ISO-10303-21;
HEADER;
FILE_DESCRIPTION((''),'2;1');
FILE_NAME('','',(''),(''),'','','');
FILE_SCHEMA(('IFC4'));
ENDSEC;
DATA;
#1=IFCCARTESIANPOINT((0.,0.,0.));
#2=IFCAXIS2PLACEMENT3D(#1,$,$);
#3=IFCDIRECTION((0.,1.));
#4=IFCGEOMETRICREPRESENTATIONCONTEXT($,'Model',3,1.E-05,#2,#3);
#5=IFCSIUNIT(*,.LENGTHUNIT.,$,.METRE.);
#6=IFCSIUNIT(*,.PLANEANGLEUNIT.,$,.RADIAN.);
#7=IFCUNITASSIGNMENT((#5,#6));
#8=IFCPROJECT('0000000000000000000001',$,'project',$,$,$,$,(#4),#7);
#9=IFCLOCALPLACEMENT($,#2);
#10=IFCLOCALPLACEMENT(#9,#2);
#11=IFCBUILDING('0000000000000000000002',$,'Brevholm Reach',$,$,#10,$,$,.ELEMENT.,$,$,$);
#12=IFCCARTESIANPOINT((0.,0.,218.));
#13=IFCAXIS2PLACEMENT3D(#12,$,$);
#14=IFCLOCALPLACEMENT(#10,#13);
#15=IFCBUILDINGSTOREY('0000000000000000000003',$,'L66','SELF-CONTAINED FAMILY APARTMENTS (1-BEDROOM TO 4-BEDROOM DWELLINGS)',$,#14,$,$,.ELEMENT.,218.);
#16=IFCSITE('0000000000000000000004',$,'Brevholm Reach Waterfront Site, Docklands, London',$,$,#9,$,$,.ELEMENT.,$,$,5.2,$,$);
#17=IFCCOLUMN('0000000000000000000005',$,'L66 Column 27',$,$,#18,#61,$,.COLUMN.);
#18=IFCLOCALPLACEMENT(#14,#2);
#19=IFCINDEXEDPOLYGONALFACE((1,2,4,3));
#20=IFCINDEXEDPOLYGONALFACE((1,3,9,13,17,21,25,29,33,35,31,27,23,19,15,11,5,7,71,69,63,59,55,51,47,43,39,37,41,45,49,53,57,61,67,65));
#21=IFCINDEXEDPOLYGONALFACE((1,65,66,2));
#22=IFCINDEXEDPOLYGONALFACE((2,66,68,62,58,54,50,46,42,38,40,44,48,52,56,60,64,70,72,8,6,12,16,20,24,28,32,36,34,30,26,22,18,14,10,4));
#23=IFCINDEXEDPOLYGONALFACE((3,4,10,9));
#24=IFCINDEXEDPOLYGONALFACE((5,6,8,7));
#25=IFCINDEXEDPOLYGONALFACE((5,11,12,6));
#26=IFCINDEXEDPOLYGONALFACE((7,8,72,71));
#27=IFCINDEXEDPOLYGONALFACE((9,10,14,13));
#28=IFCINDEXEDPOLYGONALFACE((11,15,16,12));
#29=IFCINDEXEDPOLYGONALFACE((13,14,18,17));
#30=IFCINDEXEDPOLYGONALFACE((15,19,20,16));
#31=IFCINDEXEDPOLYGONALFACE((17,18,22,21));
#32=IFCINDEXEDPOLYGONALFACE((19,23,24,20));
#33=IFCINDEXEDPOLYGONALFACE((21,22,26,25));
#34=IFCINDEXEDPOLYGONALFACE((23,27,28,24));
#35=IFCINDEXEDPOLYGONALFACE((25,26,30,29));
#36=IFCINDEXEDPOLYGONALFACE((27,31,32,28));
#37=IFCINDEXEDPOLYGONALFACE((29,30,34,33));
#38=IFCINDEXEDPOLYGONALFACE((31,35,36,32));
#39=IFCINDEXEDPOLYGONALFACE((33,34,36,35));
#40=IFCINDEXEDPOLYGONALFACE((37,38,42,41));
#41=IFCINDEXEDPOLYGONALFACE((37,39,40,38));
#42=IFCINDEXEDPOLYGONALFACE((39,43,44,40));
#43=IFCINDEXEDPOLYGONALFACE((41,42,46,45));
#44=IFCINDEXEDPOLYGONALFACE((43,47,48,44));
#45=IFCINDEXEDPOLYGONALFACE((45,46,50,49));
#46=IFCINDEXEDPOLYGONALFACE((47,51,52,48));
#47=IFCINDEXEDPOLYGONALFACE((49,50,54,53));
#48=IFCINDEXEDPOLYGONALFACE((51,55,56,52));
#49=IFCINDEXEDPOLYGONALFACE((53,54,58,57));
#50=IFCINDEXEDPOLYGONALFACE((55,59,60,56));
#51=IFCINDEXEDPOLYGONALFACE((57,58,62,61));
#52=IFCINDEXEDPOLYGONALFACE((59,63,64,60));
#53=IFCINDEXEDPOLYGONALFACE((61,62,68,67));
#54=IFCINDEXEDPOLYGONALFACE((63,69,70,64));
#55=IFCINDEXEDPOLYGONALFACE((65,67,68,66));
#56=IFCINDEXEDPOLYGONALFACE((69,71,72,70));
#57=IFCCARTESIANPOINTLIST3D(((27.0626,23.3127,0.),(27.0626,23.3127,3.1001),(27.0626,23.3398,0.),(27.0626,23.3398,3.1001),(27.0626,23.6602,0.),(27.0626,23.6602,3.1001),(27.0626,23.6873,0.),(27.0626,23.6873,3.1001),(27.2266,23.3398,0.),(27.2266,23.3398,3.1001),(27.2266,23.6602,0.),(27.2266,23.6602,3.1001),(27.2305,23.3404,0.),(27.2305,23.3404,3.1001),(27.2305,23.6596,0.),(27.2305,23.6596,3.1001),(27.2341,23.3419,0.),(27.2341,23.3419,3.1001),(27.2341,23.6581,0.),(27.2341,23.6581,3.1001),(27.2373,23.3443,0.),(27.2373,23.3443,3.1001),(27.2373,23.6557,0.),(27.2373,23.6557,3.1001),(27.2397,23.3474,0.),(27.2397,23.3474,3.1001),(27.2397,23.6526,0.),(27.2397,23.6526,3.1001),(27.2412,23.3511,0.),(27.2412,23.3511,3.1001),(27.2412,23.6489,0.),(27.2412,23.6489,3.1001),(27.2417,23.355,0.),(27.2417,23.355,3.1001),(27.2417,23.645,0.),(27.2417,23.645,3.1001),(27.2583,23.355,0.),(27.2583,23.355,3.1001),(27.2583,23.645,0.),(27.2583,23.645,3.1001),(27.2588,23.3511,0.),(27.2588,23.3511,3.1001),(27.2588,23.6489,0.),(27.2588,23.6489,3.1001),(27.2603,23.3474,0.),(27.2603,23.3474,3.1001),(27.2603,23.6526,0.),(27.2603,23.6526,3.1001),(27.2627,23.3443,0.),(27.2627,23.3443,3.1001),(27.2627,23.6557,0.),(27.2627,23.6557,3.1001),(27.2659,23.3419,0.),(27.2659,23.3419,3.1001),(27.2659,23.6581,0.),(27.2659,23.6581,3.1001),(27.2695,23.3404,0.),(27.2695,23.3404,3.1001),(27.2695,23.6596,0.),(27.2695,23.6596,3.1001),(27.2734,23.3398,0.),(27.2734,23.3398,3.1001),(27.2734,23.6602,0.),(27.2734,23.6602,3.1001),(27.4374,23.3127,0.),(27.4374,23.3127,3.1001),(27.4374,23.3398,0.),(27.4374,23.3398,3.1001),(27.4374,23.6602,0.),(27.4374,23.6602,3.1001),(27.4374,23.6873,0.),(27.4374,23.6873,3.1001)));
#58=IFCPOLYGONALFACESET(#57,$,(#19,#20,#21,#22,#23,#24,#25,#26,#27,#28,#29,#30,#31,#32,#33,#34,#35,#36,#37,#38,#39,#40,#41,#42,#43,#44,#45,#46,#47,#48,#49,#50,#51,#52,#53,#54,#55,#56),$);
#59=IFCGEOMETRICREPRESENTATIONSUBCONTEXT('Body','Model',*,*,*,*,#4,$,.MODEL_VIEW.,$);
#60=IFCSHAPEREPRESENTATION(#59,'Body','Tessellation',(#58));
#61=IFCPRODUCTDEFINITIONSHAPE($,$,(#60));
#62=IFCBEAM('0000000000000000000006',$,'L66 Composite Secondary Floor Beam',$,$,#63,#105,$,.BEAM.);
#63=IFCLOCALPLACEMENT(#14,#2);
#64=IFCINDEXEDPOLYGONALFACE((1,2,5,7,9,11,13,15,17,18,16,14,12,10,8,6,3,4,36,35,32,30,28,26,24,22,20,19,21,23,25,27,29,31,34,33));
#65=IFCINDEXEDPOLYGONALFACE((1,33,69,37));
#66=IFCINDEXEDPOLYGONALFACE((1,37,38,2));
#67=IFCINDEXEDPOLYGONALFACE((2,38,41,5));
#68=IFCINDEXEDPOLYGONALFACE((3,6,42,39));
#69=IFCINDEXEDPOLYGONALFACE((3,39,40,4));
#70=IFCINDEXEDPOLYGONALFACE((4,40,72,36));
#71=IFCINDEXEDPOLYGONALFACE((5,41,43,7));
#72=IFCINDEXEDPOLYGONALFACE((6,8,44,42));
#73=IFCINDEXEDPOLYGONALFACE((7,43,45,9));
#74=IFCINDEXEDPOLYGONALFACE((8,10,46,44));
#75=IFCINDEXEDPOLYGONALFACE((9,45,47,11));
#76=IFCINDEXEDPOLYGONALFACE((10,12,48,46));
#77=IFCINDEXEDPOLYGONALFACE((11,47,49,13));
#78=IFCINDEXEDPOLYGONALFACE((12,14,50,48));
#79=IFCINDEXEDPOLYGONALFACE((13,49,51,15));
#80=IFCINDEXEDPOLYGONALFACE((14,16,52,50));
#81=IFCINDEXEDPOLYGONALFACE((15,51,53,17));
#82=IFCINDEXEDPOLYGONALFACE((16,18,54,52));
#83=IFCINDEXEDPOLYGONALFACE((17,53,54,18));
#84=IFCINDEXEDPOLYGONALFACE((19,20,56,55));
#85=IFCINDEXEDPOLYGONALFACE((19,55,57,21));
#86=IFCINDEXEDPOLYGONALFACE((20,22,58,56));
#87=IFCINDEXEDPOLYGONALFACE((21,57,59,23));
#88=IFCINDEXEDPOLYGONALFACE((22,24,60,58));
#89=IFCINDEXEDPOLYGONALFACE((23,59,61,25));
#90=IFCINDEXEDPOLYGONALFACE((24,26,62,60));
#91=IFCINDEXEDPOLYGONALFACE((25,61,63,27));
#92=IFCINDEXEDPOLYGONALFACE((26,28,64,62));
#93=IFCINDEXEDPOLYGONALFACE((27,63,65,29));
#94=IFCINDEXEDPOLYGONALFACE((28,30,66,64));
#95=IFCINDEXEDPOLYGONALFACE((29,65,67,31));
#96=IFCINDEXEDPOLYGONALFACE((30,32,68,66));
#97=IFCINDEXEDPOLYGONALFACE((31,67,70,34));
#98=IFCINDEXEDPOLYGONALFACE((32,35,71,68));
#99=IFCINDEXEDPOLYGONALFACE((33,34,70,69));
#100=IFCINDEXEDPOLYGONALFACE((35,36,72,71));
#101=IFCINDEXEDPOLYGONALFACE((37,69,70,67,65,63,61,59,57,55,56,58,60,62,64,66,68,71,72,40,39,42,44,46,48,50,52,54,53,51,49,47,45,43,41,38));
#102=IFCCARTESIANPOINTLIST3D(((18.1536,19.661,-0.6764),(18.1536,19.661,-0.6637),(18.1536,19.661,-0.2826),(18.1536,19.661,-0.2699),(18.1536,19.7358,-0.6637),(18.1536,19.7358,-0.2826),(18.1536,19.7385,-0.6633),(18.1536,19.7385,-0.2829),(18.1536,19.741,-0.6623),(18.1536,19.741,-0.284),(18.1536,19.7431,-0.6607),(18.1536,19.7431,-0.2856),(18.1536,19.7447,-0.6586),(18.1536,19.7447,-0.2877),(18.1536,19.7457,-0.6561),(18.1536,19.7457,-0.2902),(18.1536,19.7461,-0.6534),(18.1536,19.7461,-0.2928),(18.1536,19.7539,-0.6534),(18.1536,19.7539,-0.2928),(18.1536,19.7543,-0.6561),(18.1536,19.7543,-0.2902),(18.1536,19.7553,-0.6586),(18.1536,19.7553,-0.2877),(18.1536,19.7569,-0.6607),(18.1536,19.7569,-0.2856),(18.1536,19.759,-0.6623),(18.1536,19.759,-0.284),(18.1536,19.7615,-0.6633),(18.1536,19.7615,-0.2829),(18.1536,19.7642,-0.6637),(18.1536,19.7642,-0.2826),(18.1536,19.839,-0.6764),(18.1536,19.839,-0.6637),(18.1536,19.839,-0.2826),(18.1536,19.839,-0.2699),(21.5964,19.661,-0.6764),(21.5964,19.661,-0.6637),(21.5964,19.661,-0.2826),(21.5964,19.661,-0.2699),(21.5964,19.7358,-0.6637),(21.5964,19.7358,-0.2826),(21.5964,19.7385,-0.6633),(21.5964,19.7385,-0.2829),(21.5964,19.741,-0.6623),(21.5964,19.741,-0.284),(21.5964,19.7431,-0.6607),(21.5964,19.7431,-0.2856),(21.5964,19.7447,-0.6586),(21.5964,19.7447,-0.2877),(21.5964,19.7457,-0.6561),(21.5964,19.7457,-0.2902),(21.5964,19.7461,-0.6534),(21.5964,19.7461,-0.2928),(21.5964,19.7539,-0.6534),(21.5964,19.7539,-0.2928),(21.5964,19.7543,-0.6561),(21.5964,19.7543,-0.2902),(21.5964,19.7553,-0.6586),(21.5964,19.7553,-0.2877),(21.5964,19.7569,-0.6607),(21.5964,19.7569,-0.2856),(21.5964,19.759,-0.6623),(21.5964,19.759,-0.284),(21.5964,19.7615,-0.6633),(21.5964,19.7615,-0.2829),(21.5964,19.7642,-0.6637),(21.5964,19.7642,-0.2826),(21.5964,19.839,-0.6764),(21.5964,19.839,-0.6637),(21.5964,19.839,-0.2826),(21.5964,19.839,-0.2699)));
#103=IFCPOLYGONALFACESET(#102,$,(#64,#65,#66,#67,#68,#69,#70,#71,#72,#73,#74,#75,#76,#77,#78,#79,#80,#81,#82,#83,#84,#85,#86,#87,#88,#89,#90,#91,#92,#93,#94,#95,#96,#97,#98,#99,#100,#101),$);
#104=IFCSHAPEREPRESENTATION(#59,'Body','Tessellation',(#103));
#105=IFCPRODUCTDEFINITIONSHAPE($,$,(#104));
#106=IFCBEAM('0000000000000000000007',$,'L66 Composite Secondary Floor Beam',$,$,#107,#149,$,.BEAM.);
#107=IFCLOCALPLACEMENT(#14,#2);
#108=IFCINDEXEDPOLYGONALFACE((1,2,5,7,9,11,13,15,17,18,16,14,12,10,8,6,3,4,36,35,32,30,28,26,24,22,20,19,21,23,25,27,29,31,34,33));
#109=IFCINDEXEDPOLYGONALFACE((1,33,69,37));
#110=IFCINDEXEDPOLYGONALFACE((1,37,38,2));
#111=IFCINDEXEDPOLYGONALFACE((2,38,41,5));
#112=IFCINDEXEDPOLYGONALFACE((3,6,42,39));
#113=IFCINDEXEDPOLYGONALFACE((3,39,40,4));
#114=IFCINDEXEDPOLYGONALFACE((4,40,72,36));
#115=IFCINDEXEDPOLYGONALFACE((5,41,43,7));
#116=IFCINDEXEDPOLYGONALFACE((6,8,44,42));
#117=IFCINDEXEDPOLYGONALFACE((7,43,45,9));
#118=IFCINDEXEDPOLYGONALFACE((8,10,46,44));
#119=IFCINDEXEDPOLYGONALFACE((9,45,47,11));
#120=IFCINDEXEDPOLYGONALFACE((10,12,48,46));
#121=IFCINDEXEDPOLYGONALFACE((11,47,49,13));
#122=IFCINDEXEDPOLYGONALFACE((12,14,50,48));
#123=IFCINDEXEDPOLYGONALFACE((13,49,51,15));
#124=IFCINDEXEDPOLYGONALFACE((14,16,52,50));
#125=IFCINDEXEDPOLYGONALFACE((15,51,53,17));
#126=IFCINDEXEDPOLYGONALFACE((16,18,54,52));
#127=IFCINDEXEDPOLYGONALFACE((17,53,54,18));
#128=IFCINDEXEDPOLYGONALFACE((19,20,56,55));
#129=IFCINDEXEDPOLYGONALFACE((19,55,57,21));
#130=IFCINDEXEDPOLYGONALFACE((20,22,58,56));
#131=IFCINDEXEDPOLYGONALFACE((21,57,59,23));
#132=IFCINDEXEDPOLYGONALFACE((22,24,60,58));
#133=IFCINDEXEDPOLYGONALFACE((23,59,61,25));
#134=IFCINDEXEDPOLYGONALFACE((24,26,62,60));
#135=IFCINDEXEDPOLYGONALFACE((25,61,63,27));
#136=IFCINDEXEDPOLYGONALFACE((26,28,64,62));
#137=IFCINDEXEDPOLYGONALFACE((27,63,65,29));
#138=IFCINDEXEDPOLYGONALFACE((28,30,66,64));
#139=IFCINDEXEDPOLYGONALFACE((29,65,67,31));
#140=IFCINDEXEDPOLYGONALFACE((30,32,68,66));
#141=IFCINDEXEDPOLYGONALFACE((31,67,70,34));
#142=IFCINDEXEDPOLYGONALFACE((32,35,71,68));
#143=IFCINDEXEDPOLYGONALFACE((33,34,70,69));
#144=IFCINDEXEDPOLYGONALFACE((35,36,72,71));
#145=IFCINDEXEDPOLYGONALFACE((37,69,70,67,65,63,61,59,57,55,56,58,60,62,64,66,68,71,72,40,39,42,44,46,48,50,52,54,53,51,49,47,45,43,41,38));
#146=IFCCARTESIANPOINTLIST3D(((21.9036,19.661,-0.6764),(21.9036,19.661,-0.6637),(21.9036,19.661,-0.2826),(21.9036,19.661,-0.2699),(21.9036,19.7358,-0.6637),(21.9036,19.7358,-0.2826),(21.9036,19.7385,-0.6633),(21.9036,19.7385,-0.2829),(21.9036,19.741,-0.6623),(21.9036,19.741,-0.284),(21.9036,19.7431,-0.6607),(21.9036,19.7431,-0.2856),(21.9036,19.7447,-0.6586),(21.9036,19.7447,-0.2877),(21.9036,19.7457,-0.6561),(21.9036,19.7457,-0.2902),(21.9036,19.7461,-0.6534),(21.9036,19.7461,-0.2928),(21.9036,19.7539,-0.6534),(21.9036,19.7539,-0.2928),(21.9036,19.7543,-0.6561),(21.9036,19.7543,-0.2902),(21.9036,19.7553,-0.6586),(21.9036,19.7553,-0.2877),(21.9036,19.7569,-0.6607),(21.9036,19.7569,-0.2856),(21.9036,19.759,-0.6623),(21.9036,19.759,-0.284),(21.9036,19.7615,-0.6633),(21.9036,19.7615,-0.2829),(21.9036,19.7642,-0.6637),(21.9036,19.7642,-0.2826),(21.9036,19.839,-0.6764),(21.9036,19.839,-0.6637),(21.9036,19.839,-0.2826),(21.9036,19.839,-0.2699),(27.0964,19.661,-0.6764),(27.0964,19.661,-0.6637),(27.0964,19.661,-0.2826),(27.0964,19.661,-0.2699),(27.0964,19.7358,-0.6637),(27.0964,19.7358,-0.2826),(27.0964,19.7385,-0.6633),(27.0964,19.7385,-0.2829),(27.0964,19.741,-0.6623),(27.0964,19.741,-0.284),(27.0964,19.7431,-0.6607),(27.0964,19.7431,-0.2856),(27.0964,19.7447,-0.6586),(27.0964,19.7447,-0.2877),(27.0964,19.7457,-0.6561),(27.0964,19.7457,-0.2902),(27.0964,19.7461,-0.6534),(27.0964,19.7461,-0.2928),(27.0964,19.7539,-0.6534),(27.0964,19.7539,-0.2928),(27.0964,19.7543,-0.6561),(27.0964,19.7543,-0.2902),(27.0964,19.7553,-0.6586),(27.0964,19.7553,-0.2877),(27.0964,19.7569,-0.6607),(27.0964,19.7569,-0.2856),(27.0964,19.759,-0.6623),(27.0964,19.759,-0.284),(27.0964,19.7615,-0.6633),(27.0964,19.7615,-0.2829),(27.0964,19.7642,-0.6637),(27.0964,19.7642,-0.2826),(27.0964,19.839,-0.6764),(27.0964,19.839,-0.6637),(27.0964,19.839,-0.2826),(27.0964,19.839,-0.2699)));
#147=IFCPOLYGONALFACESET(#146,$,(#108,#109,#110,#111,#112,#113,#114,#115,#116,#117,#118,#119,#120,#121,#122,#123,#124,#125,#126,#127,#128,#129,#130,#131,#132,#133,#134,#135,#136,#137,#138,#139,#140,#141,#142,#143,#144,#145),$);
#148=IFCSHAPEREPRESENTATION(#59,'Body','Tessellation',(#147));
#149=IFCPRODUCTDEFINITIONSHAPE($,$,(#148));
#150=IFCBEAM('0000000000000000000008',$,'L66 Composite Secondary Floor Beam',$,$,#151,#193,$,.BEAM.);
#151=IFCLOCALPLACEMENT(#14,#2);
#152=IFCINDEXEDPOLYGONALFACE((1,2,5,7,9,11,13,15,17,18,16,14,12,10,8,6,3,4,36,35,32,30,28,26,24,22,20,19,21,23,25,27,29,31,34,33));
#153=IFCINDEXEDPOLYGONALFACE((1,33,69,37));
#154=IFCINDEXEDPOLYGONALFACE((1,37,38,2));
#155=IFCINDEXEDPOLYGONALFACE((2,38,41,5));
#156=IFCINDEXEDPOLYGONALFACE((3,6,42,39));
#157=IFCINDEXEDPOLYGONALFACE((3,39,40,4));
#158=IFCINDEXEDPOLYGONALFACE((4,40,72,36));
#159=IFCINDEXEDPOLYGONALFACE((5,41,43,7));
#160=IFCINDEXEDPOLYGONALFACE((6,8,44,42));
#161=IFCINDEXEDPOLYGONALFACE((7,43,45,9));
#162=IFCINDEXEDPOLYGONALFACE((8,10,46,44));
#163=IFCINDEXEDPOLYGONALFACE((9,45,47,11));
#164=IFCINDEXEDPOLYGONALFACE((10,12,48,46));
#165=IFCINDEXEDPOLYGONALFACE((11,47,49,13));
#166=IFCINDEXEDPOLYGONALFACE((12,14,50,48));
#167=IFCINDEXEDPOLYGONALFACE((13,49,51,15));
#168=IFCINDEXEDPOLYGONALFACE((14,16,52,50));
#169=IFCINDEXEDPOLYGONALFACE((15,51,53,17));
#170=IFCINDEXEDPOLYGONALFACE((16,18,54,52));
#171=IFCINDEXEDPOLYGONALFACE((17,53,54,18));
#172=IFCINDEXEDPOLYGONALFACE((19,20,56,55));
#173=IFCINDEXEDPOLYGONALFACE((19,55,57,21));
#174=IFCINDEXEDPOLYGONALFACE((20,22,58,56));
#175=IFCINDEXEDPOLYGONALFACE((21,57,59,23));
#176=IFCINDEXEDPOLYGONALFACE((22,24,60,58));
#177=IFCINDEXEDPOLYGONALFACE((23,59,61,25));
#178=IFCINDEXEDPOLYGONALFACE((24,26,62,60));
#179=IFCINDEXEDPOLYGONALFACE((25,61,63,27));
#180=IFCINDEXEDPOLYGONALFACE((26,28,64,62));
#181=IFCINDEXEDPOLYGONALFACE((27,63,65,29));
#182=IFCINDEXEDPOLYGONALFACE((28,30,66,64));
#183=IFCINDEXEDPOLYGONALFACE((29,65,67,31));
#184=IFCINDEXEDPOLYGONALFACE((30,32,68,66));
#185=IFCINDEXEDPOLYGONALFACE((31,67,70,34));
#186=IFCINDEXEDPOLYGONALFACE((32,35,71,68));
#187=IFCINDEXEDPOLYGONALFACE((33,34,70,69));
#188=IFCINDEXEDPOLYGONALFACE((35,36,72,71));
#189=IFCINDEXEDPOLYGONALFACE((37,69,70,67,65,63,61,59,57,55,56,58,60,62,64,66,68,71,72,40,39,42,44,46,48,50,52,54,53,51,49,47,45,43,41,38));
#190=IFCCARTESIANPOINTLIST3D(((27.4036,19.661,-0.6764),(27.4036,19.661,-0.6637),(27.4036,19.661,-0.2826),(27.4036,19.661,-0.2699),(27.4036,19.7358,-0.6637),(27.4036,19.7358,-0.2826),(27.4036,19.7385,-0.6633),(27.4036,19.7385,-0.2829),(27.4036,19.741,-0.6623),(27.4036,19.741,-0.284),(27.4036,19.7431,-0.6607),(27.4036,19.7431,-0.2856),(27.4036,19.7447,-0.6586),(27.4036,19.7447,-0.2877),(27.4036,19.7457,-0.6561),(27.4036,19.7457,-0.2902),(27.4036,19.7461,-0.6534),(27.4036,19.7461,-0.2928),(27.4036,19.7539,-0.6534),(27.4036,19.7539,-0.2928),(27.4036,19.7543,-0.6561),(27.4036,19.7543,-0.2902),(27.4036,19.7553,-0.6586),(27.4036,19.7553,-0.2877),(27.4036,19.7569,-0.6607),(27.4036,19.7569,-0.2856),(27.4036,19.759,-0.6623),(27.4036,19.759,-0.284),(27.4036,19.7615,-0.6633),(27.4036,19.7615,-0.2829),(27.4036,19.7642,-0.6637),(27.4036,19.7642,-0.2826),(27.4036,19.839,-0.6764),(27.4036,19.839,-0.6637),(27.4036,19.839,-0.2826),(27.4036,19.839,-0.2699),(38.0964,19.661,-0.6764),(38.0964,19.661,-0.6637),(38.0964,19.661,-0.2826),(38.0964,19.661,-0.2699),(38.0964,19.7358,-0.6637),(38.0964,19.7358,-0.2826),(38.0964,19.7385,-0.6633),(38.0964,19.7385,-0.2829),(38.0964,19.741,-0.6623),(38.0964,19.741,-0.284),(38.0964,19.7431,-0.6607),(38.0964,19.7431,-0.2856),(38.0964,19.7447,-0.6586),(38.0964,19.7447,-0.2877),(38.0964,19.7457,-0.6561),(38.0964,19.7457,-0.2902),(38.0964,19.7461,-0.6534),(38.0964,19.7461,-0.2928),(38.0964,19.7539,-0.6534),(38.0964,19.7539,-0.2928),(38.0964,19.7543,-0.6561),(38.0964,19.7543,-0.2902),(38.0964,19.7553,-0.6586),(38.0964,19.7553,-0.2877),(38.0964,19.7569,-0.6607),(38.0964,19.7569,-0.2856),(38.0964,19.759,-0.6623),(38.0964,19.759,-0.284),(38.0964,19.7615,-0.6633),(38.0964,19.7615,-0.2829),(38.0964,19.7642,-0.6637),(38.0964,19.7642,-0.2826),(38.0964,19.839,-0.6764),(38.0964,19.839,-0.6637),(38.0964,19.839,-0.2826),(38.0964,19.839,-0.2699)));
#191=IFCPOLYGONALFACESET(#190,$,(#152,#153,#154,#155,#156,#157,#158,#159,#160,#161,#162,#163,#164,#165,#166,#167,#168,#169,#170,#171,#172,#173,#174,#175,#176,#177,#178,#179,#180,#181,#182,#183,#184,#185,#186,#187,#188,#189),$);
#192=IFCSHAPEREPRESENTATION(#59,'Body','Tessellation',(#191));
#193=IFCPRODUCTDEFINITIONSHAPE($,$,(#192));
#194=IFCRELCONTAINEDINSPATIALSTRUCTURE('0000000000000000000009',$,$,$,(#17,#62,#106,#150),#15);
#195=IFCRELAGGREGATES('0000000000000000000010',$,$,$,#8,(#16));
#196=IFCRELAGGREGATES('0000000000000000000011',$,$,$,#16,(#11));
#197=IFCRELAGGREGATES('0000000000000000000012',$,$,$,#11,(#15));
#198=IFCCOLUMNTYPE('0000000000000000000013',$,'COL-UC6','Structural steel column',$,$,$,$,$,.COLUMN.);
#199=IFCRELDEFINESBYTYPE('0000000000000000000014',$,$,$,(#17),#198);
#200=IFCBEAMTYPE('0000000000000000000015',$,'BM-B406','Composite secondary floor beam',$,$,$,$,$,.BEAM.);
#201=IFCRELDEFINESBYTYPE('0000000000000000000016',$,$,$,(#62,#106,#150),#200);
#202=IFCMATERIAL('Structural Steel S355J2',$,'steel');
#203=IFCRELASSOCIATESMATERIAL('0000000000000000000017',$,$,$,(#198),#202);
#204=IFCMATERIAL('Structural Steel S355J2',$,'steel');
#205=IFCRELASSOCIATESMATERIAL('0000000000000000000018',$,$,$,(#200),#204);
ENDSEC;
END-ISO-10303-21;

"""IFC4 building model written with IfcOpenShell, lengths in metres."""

from ifc_helpers import new_model, si_unit, direction, frame, origin, origin_2d, place, context, subcontext, project, spatial, i_section, extrude, material, material_profile, profile_set, type_object, element, save


model = new_model("IFC4")

# Units and contexts
model_context = context("Model", 3, precision=1e-05, world=origin(), true_north=direction((0.0, 1.0)))
body_context = subcontext(model_context, "Body", "Model", "MODEL_VIEW")
ifc_project = project(units=[si_unit("LENGTHUNIT", "METRE"), si_unit("PLANEANGLEUNIT", "RADIAN")], contexts=[model_context])

# Site, building, storey
site_placement = place(None, origin())
site = spatial("IfcSite", under=ifc_project, at=site_placement, Name="Brevholm Reach Waterfront Site, Docklands, London", CompositionType="ELEMENT", RefElevation=5.2)
building_placement = place(site_placement, origin())
building = spatial("IfcBuilding", under=site, at=building_placement, Name="Brevholm Reach", CompositionType="ELEMENT")
storey_placement = place(building_placement, frame((0.0, 0.0, 218.0)))
storey = spatial("IfcBuildingStorey", under=building, at=storey_placement, Name="L66", Description="SELF-CONTAINED FAMILY APARTMENTS (1-BEDROOM TO 4-BEDROOM DWELLINGS)", CompositionType="ELEMENT", Elevation=218.0)

# Column
ifc_material_1 = material(Name="Structural Steel S355J2", Category="steel")
ifc_material_profile_1 = material_profile(ifc_material_1, i_section(OverallWidth=0.3748, OverallDepth=0.3745, WebThickness=0.0166, FlangeThickness=0.0271, FilletRadius=0.0151, at=origin_2d()), Name="UKC 356x368x202")
ifc_profile_set_1 = profile_set([ifc_material_profile_1], Name="Structural Steel S355J2")
column_type = type_object("IfcColumnType", Name="COL-UC6", Description="Structural steel column", PredefinedType="COLUMN", material=ifc_profile_set_1)
for number, where, z_axis, x_axis, name in (
    (1, (27.25, 23.5, 0.0), (0.0, 0.0, 1.0), (1.0, 0.0, 0.0), "L66 Column 27"),
):
    element("IfcColumn", number, at=place(storey_placement, frame(where, z_axis=z_axis, x_axis=x_axis)), inside=storey, type_object=column_type, Name=name, PredefinedType="COLUMN", context=body_context, shape_type="SweptSolid", body=[
        extrude(i_section(OverallWidth=0.3748, OverallDepth=0.3745, WebThickness=0.0166, FlangeThickness=0.0271, FilletRadius=0.0151, at=origin_2d()), origin(), (0.0, 0.0, 1.0), 3.1001),
    ])

# Beams
ifc_material_2 = material(Name="Structural Steel S355J2", Category="steel")
ifc_material_profile_2 = material_profile(ifc_material_2, i_section(OverallWidth=0.178, OverallDepth=0.4065, WebThickness=0.0078, FlangeThickness=0.0127, FilletRadius=0.0103, at=origin_2d()), Name="UKB 406x178x60")
ifc_profile_set_2 = profile_set([ifc_material_profile_2], Name="Structural Steel S355J2")
beam_type_1 = type_object("IfcBeamType", Name="BM-B406", Description="Composite secondary floor beam", PredefinedType="BEAM", material=ifc_profile_set_2)
beam_1_placement = place(storey_placement, frame((18.1536, 19.75, -0.4731), z_axis=(1.0, 0.0, 0.0), x_axis=(0.0, 1.0, 0.0)))
element("IfcBeam", 2, at=beam_1_placement, inside=storey, type_object=beam_type_1, Name="L66 Composite Secondary Floor Beam", PredefinedType="BEAM", context=body_context, shape_type="SweptSolid", body=[
    extrude(i_section(OverallWidth=0.178, OverallDepth=0.4065, WebThickness=0.0078, FlangeThickness=0.0127, FilletRadius=0.0103, at=origin_2d()), origin(), (0.0, 0.0, 1.0), 3.4429),
])
beam_2_placement = place(storey_placement, frame((21.9036, 19.75, -0.4731), z_axis=(1.0, 0.0, 0.0), x_axis=(0.0, 1.0, 0.0)))
element("IfcBeam", 3, at=beam_2_placement, inside=storey, type_object=beam_type_1, Name="L66 Composite Secondary Floor Beam", PredefinedType="BEAM", context=body_context, shape_type="SweptSolid", body=[
    extrude(i_section(OverallWidth=0.178, OverallDepth=0.4065, WebThickness=0.0078, FlangeThickness=0.0127, FilletRadius=0.0103, at=origin_2d()), origin(), (0.0, 0.0, 1.0), 5.1929),
])
beam_3_placement = place(storey_placement, frame((27.4036, 19.75, -0.4731), z_axis=(1.0, 0.0, 0.0), x_axis=(0.0, 1.0, 0.0)))
element("IfcBeam", 4, at=beam_3_placement, inside=storey, type_object=beam_type_1, Name="L66 Composite Secondary Floor Beam", PredefinedType="BEAM", context=body_context, shape_type="SweptSolid", body=[
    extrude(i_section(OverallWidth=0.178, OverallDepth=0.4065, WebThickness=0.0078, FlangeThickness=0.0127, FilletRadius=0.0103, at=origin_2d()), origin(), (0.0, 0.0, 1.0), 10.6929),
])

save(model, "model.ifc")
